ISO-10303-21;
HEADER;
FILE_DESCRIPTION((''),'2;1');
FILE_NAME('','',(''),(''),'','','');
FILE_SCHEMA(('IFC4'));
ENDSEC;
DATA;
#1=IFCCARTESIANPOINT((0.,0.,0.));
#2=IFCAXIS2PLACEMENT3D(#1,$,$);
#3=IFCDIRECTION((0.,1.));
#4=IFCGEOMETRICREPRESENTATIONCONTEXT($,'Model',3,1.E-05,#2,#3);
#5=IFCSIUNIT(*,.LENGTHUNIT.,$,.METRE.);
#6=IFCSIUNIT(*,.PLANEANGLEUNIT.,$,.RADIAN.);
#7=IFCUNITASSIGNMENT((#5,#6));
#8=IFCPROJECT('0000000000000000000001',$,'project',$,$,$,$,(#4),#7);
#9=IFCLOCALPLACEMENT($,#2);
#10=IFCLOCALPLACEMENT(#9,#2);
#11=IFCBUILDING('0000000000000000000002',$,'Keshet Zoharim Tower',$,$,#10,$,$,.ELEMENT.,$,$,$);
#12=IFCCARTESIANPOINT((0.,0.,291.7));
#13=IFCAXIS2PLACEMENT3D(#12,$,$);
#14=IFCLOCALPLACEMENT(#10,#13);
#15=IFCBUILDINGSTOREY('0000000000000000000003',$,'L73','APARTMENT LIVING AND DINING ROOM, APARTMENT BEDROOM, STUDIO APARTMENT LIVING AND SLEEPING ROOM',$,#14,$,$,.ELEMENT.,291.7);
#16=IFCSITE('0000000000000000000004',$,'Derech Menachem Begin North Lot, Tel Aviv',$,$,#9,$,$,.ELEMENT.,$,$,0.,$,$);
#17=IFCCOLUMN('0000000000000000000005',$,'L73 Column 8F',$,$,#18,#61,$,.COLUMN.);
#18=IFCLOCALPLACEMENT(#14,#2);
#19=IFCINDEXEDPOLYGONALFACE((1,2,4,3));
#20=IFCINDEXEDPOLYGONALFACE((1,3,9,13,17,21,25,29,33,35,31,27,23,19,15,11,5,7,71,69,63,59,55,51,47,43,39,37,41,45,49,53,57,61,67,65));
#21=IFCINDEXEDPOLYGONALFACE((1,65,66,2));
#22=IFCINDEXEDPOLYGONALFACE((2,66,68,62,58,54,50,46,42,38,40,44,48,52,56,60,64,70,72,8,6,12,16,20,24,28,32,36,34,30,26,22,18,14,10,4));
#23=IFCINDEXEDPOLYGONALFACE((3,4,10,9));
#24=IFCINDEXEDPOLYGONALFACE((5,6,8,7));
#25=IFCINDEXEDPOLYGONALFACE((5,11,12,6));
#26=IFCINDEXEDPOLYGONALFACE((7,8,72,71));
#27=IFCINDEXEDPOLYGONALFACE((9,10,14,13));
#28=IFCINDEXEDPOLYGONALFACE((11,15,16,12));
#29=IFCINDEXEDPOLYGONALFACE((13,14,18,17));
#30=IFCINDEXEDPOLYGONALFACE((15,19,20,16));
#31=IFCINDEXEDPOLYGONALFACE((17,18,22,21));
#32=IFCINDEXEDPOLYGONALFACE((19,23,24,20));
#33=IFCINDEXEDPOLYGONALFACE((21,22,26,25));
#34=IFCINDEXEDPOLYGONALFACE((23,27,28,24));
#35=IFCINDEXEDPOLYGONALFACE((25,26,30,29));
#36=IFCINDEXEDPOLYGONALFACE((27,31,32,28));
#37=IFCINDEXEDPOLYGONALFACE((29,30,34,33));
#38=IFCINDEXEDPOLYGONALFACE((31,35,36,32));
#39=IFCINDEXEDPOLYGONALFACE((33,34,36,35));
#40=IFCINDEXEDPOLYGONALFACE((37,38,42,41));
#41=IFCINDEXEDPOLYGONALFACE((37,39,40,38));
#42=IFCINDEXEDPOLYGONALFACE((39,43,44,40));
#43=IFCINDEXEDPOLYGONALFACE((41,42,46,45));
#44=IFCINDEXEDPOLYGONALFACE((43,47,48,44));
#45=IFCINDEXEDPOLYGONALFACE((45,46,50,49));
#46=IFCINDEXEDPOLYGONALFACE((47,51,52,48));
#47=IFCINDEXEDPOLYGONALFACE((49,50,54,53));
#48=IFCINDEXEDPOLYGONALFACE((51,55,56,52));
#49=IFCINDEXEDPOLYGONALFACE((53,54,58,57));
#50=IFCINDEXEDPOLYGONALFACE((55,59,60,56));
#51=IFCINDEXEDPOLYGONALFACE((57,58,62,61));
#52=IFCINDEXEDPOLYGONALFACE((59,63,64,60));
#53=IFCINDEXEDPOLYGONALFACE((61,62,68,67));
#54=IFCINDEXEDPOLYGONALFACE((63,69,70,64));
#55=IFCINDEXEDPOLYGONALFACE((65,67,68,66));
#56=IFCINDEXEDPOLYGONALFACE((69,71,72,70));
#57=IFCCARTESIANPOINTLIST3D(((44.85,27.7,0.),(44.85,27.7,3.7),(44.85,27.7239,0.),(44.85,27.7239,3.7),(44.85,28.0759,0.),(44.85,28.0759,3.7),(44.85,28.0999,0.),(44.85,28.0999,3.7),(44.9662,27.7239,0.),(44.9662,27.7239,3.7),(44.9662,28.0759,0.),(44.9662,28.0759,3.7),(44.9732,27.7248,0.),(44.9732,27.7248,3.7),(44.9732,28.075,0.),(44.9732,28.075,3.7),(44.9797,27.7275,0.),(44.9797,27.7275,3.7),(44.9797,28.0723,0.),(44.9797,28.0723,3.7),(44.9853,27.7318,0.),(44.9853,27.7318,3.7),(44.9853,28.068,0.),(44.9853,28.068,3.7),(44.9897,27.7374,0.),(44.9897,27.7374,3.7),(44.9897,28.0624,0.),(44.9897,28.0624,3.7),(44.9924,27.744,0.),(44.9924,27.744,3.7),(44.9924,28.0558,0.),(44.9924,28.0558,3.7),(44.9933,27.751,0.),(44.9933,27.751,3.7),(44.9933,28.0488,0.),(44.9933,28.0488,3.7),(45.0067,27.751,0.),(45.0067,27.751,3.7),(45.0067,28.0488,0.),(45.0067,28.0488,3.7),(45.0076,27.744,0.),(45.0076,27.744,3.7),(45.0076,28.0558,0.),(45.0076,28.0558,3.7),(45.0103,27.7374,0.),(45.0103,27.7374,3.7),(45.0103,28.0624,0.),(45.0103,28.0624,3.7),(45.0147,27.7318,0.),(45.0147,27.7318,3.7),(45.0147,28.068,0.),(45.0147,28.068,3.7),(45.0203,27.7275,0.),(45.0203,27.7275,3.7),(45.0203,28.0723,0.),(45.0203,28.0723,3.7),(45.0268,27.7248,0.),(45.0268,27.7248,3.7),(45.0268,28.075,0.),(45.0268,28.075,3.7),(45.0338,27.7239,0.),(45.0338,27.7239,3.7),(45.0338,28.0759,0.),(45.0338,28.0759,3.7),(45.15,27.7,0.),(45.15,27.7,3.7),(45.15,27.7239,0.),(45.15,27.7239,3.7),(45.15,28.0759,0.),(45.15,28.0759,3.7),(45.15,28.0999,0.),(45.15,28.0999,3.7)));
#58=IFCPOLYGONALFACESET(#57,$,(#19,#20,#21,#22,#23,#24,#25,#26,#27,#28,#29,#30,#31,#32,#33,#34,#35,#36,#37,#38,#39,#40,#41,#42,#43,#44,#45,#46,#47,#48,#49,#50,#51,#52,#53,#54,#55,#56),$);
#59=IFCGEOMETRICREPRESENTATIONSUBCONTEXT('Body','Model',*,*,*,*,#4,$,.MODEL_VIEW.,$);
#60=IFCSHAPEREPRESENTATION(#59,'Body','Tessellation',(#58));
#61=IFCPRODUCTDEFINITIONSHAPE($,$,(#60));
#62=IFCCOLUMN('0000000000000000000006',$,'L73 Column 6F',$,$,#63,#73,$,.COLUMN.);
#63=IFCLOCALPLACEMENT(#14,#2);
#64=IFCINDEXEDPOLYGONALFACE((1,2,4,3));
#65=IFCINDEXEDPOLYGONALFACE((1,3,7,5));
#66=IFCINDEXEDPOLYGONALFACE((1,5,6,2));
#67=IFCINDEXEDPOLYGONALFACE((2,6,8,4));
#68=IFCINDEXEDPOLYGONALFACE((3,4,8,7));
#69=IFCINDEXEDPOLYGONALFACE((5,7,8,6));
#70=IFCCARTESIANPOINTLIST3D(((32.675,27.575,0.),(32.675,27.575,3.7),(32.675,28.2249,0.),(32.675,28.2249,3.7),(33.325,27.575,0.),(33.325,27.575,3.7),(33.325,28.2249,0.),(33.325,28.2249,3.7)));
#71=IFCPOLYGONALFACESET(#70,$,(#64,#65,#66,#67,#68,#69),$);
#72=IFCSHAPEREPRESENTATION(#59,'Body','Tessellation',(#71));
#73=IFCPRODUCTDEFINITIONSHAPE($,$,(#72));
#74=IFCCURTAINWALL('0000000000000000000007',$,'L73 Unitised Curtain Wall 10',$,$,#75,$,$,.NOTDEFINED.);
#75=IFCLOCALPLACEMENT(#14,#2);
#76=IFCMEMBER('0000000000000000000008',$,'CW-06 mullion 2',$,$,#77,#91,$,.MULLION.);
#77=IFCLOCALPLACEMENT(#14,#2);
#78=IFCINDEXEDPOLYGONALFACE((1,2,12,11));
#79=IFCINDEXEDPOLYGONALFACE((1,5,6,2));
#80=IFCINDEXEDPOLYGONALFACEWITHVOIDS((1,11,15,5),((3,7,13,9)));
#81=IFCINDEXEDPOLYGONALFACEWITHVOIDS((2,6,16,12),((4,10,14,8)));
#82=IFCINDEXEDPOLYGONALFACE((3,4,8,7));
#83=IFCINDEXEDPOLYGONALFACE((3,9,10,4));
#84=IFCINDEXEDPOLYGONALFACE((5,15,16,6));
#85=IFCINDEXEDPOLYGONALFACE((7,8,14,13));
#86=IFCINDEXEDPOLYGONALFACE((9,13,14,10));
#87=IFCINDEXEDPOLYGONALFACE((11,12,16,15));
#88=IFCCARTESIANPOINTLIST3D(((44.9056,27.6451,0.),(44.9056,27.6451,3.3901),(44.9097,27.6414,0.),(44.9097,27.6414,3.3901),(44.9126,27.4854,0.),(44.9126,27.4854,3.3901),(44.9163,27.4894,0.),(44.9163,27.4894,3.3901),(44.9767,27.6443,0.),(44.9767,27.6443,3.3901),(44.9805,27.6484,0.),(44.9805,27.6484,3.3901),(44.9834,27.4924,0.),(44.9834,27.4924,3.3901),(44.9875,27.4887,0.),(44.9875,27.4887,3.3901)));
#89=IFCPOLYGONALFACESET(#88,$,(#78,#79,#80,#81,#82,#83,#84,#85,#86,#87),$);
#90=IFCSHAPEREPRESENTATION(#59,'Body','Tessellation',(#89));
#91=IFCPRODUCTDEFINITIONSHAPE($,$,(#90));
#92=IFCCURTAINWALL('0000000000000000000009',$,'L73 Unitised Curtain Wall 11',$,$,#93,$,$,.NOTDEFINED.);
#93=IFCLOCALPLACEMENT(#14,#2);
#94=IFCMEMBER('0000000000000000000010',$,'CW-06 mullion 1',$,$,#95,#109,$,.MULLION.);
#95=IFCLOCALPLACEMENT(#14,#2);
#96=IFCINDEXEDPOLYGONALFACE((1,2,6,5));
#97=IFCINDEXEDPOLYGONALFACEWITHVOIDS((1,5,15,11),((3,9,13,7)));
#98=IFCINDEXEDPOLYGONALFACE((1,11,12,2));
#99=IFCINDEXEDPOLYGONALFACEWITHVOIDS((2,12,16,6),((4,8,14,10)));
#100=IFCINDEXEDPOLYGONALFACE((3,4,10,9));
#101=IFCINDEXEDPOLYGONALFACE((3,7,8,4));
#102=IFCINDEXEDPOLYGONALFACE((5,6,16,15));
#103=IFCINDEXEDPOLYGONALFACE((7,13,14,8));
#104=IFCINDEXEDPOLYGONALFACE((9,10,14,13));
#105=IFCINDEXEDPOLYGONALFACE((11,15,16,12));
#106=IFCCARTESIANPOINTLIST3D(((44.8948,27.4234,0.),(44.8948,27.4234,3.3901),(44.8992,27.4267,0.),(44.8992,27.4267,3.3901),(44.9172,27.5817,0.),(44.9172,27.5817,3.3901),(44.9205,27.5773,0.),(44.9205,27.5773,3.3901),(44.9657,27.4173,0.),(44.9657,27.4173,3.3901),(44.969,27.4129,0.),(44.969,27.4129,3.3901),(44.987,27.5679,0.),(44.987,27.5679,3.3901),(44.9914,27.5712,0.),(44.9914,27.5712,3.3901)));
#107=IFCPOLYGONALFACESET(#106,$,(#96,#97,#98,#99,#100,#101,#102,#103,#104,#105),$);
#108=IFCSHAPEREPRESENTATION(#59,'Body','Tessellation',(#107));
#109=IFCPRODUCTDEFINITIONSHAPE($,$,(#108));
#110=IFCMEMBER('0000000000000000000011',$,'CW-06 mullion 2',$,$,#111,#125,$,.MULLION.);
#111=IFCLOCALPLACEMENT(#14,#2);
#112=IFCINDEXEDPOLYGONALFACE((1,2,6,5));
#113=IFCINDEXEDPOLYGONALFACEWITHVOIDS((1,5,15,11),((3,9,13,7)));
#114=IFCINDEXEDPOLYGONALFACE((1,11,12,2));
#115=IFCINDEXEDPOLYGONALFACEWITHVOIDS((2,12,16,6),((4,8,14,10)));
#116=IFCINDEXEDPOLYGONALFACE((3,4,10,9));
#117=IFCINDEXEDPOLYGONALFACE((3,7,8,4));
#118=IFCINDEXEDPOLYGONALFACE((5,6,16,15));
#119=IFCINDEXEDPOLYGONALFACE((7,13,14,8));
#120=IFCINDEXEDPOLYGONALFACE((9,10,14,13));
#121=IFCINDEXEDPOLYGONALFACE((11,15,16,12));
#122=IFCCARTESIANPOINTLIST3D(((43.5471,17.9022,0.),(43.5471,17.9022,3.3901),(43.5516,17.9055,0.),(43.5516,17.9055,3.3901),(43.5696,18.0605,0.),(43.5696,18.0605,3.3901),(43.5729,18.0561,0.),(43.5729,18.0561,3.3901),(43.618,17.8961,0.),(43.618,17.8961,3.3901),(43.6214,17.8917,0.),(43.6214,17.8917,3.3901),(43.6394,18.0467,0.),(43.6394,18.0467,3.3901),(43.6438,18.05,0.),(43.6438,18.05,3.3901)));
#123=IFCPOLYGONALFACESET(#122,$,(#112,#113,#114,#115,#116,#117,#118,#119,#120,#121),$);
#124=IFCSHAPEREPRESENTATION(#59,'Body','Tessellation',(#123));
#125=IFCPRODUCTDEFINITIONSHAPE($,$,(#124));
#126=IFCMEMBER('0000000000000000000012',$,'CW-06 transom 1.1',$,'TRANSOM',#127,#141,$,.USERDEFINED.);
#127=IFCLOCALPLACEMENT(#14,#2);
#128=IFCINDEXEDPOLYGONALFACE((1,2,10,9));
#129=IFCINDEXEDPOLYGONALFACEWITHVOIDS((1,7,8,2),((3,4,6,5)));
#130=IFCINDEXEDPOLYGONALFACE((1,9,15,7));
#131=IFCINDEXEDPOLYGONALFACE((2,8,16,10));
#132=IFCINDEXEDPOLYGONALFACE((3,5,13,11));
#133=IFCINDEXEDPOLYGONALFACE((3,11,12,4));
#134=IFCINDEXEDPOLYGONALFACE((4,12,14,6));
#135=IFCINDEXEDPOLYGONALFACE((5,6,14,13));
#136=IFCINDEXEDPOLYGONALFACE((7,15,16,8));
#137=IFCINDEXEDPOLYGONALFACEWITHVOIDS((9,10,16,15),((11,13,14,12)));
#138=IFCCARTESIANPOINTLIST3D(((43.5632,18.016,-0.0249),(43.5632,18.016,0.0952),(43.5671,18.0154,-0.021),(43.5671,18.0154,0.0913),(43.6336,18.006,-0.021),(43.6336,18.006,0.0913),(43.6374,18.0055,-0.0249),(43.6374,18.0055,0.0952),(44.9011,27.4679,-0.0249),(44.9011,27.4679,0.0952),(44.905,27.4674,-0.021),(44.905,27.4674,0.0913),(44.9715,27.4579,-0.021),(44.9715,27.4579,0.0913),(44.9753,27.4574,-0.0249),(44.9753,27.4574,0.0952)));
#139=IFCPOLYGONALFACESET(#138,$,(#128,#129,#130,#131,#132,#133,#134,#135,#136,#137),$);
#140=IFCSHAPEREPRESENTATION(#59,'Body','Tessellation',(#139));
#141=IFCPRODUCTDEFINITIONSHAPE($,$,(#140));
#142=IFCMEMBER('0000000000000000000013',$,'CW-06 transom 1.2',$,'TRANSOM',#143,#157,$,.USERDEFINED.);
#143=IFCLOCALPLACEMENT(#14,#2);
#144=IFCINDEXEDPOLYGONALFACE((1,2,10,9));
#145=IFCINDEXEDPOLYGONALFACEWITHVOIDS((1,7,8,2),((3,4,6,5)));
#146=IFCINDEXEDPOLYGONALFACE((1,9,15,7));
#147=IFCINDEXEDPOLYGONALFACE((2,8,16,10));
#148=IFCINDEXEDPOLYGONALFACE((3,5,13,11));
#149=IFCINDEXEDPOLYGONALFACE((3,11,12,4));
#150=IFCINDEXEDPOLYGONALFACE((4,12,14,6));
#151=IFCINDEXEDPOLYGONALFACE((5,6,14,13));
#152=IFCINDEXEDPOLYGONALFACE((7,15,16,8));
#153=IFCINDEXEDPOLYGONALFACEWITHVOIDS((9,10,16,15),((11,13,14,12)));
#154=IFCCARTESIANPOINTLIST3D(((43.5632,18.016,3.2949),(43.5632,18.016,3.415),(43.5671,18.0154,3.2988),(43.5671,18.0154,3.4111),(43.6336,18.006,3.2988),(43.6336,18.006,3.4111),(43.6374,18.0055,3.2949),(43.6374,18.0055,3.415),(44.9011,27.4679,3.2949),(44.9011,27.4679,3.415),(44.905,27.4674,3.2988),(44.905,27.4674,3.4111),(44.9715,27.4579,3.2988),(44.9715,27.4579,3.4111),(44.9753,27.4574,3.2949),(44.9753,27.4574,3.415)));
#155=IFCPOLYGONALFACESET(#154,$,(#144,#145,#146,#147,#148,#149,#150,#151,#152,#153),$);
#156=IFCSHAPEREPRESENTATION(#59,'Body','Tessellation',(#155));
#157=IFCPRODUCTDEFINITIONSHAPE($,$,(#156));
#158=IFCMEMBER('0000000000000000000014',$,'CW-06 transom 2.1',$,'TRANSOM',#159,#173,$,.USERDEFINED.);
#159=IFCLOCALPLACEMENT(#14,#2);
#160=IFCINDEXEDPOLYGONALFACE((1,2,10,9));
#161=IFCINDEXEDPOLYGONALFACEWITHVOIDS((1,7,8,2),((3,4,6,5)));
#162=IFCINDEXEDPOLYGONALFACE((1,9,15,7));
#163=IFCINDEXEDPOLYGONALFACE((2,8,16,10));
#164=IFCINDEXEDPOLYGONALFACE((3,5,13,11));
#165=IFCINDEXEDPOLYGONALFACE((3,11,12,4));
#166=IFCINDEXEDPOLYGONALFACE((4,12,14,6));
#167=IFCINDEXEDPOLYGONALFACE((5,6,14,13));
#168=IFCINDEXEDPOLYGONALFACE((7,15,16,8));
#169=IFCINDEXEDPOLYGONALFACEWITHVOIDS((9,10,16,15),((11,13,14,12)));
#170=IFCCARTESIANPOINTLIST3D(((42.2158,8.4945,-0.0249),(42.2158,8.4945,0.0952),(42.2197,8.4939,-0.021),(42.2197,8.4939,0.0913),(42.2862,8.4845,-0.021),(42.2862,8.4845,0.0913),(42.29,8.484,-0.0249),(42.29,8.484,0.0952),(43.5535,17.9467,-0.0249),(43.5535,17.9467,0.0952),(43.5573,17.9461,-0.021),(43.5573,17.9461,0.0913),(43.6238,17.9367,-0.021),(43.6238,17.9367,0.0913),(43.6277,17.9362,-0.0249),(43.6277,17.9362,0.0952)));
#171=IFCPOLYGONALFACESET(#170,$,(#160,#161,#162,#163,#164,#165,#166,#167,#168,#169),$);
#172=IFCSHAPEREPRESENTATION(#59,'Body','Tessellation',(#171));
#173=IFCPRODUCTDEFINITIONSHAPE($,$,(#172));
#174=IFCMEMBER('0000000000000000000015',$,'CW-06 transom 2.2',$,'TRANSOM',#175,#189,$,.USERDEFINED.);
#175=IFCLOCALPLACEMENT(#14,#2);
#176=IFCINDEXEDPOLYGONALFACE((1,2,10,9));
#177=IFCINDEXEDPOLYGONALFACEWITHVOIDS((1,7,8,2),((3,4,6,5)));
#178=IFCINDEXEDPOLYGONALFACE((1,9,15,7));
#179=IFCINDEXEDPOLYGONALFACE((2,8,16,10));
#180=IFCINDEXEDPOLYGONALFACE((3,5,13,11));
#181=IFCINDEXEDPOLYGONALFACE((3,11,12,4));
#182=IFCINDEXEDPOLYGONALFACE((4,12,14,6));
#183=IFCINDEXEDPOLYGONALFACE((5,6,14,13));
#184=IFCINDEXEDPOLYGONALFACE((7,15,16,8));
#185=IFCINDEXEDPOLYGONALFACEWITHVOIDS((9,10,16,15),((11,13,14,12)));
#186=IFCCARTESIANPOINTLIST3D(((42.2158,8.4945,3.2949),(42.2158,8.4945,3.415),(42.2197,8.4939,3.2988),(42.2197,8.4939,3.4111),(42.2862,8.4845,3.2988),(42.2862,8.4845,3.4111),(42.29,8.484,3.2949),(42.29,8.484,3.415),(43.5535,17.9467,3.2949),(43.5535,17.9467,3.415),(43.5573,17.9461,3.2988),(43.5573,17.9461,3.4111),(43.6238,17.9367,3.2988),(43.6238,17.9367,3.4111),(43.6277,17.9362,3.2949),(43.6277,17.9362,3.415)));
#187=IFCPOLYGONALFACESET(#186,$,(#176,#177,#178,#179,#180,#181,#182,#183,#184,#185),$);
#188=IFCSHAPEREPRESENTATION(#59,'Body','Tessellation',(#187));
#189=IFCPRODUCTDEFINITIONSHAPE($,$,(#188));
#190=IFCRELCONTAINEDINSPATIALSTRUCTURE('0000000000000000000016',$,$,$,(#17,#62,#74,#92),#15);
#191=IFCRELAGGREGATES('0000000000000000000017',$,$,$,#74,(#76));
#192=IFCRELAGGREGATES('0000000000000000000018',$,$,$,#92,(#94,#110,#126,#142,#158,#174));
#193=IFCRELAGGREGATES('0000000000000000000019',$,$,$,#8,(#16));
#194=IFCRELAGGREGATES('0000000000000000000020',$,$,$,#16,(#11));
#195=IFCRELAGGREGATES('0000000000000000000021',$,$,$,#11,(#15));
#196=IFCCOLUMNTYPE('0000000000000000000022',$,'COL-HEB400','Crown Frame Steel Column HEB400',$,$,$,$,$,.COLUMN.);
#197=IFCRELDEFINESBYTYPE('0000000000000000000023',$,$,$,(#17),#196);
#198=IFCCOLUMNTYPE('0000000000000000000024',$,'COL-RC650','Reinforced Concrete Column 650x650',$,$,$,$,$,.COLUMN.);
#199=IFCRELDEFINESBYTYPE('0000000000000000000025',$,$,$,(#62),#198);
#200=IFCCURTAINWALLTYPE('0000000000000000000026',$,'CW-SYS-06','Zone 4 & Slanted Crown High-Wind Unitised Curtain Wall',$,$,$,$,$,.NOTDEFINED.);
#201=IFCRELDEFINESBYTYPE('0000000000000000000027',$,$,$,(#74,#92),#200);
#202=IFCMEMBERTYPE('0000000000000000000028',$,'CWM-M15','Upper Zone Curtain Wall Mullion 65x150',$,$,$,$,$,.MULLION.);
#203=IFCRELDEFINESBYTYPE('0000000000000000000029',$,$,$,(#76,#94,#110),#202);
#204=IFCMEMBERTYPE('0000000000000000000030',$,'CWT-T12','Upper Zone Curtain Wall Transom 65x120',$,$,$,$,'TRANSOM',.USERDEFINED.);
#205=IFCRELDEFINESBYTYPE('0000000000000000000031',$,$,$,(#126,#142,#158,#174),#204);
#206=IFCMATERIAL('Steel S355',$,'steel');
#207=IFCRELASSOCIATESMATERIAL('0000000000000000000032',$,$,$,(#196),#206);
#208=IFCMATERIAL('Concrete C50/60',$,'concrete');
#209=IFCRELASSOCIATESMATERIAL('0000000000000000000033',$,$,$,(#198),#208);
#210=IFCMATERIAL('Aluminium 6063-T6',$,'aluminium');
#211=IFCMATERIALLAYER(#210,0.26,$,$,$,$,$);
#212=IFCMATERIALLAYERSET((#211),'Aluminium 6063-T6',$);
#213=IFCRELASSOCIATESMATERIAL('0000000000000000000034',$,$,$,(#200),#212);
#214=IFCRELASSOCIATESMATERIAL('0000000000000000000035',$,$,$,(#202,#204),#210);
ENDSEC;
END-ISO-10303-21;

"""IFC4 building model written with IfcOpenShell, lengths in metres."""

from ifc_helpers import new_model, si_unit, direction, frame, origin, origin_2d, place, context, subcontext, project, spatial, rectangle, hollow_rectangle, i_section, extrude, material, layer, layer_set, material_profile, profile_set, type_object, element, aggregate, save


model = new_model("IFC4")

# Units and contexts
model_context = context("Model", 3, precision=1e-05, world=origin(), true_north=direction((0.0, 1.0)))
body_context = subcontext(model_context, "Body", "Model", "MODEL_VIEW")
ifc_project = project(units=[si_unit("LENGTHUNIT", "METRE"), si_unit("PLANEANGLEUNIT", "RADIAN")], contexts=[model_context])

# Site, building, storey
site_placement = place(None, origin())
site = spatial("IfcSite", under=ifc_project, at=site_placement, Name="Derech Menachem Begin North Lot, Tel Aviv", CompositionType="ELEMENT", RefElevation=0.0)
building_placement = place(site_placement, origin())
building = spatial("IfcBuilding", under=site, at=building_placement, Name="Keshet Zoharim Tower", CompositionType="ELEMENT")
storey_placement = place(building_placement, frame((0.0, 0.0, 291.7)))
storey = spatial("IfcBuildingStorey", under=building, at=storey_placement, Name="L73", Description="APARTMENT LIVING AND DINING ROOM, APARTMENT BEDROOM, STUDIO APARTMENT LIVING AND SLEEPING ROOM", CompositionType="ELEMENT", Elevation=291.7)

# Columns
ifc_material_1 = material(Name="Steel S355", Category="steel")
ifc_material_profile_1 = material_profile(ifc_material_1, i_section(OverallWidth=0.3, OverallDepth=0.3999, WebThickness=0.0134, FlangeThickness=0.0239, FilletRadius=0.0271, at=origin_2d()), Name="HEB400")
ifc_profile_set_1 = profile_set([ifc_material_profile_1], Name="Steel S355")
column_type_1 = type_object("IfcColumnType", Name="COL-HEB400", Description="Crown Frame Steel Column HEB400", PredefinedType="COLUMN", material=ifc_profile_set_1)
column_1_placement = place(storey_placement, frame((45.0, 27.8999, 0.0), z_axis=(0.0, 0.0, 1.0), x_axis=(1.0, 0.0, 0.0)))
element("IfcColumn", 1, at=column_1_placement, inside=storey, type_object=column_type_1, Name="L73 Column 8F", PredefinedType="COLUMN", context=body_context, shape_type="SweptSolid", body=[
    extrude(i_section(OverallWidth=0.3, OverallDepth=0.3999, WebThickness=0.0134, FlangeThickness=0.0239, FilletRadius=0.0271, at=origin_2d()), origin(), (0.0, 0.0, 1.0), 3.7),
])
ifc_material_2 = material(Name="Concrete C50/60", Category="concrete")
ifc_material_profile_2 = material_profile(ifc_material_2, rectangle(XDim=0.6499, YDim=0.6499, at=origin_2d()), Name="RC650x650")
ifc_profile_set_2 = profile_set([ifc_material_profile_2], Name="Concrete C50/60")
column_type_2 = type_object("IfcColumnType", Name="COL-RC650", Description="Reinforced Concrete Column 650x650", PredefinedType="COLUMN", material=ifc_profile_set_2)
column_2_placement = place(storey_placement, frame((33.0, 27.8999, 0.0), z_axis=(0.0, 0.0, 1.0), x_axis=(1.0, 0.0, 0.0)))
element("IfcColumn", 2, at=column_2_placement, inside=storey, type_object=column_type_2, Name="L73 Column 6F", PredefinedType="COLUMN", context=body_context, shape_type="SweptSolid", body=[
    extrude(rectangle(XDim=0.6499, YDim=0.6499, at=origin_2d()), origin(), (0.0, 0.0, 1.0), 3.7),
])

# Curtain wall, member
ifc_material_3 = material(Name="Aluminium 6063-T6", Category="aluminium")
ifc_layer_1 = layer(ifc_material_3, 0.26)
ifc_layer_set_1 = layer_set([ifc_layer_1], Name="Aluminium 6063-T6")
curtain_wall_type = type_object("IfcCurtainWallType", Name="CW-SYS-06", Description="Zone 4 & Slanted Crown High-Wind Unitised Curtain Wall", PredefinedType="NOTDEFINED", material=ifc_layer_set_1)
curtain_wall_1_placement = place(storey_placement, origin())
curtain_wall_1 = element("IfcCurtainWall", 3, at=curtain_wall_1_placement, inside=storey, type_object=curtain_wall_type, Name="L73 Unitised Curtain Wall 10", PredefinedType="NOTDEFINED")
ifc_material_profile_3 = material_profile(ifc_material_3, hollow_rectangle(XDim=0.075, YDim=0.1599, WallThickness=0.0039, at=origin_2d()), Name="MUL-75x160")
ifc_profile_set_3 = profile_set([ifc_material_profile_3], Name="Aluminium 6063-T6")
member_type_1 = type_object("IfcMemberType", Name="CWM-M15", Description="Upper Zone Curtain Wall Mullion 65x150", PredefinedType="MULLION", material=ifc_profile_set_3)
member_1_placement = place(storey_placement, frame((44.9465, 27.5669, 0.0), z_axis=(0.0, 0.0, 1.0), x_axis=(0.999041, 0.043794, 0.0)))
member_1 = element("IfcMember", 4, at=member_1_placement, type_object=member_type_1, Name="CW-06 mullion 2", PredefinedType="MULLION", context=body_context, shape_type="SweptSolid", body=[
    extrude(hollow_rectangle(XDim=0.075, YDim=0.1599, WallThickness=0.0039, at=origin_2d()), origin(), (0.0, 0.0, 1.0), 3.3901),
])

# Curtain wall, members
curtain_wall_2_placement = place(storey_placement, origin())
curtain_wall_2 = element("IfcCurtainWall", 5, at=curtain_wall_2_placement, inside=storey, type_object=curtain_wall_type, Name="L73 Unitised Curtain Wall 11", PredefinedType="NOTDEFINED")
member_2_placement = place(storey_placement, frame((44.9431, 27.4973, 0.0), z_axis=(0.0, 0.0, 1.0), x_axis=(0.990132, -0.140137, 0.0)))
member_2 = element("IfcMember", 6, at=member_2_placement, type_object=member_type_1, Name="CW-06 mullion 1", PredefinedType="MULLION", context=body_context, shape_type="SweptSolid", body=[
    extrude(hollow_rectangle(XDim=0.075, YDim=0.1599, WallThickness=0.0039, at=origin_2d()), origin(), (0.0, 0.0, 1.0), 3.3901),
])
member_3_placement = place(storey_placement, frame((43.5955, 17.9761, 0.0), z_axis=(0.0, 0.0, 1.0), x_axis=(0.990132, -0.140137, 0.0)))
member_3 = element("IfcMember", 7, at=member_3_placement, type_object=member_type_1, Name="CW-06 mullion 2", PredefinedType="MULLION", context=body_context, shape_type="SweptSolid", body=[
    extrude(hollow_rectangle(XDim=0.075, YDim=0.1599, WallThickness=0.0039, at=origin_2d()), origin(), (0.0, 0.0, 1.0), 3.3901),
])
ifc_material_profile_4 = material_profile(ifc_material_3, hollow_rectangle(XDim=0.075, YDim=0.1201, WallThickness=0.0039, at=origin_2d()), Name="TRN-75x120")
ifc_profile_set_4 = profile_set([ifc_material_profile_4], Name="Aluminium 6063-T6")
member_type_2 = type_object("IfcMemberType", Name="CWT-T12", Description="Upper Zone Curtain Wall Transom 65x120", ElementType="TRANSOM", PredefinedType="USERDEFINED", material=ifc_profile_set_4)
member_4_placement = place(storey_placement, frame((44.9382, 27.4626, 0.0352), z_axis=(-0.14015, -0.99013, 0.0), x_axis=(0.99013, -0.14015, 0.0)))
member_4 = element("IfcMember", 8, at=member_4_placement, type_object=member_type_2, Name="CW-06 transom 1.1", ObjectType="TRANSOM", PredefinedType="USERDEFINED", context=body_context, shape_type="SweptSolid", body=[
    extrude(hollow_rectangle(XDim=0.075, YDim=0.1201, WallThickness=0.0039, at=origin_2d()), origin(), (0.0, 0.0, 1.0), 9.5461),
])
member_5_placement = place(storey_placement, frame((44.9382, 27.4626, 3.355), z_axis=(-0.14015, -0.99013, 0.0), x_axis=(0.99013, -0.14015, 0.0)))
member_5 = element("IfcMember", 9, at=member_5_placement, type_object=member_type_2, Name="CW-06 transom 1.2", ObjectType="TRANSOM", PredefinedType="USERDEFINED", context=body_context, shape_type="SweptSolid", body=[
    extrude(hollow_rectangle(XDim=0.075, YDim=0.1201, WallThickness=0.0039, at=origin_2d()), origin(), (0.0, 0.0, 1.0), 9.5461),
])
member_6_placement = place(storey_placement, frame((43.5906, 17.9414, 0.0352), z_axis=(-0.140122, -0.990134, 0.0), x_axis=(0.990134, -0.140122, 0.0)))
member_6 = element("IfcMember", 10, at=member_6_placement, type_object=member_type_2, Name="CW-06 transom 2.1", ObjectType="TRANSOM", PredefinedType="USERDEFINED", context=body_context, shape_type="SweptSolid", body=[
    extrude(hollow_rectangle(XDim=0.075, YDim=0.1201, WallThickness=0.0039, at=origin_2d()), origin(), (0.0, 0.0, 1.0), 9.5464),
])
member_7_placement = place(storey_placement, frame((43.5906, 17.9414, 3.355), z_axis=(-0.140122, -0.990134, 0.0), x_axis=(0.990134, -0.140122, 0.0)))
member_7 = element("IfcMember", 11, at=member_7_placement, type_object=member_type_2, Name="CW-06 transom 2.2", ObjectType="TRANSOM", PredefinedType="USERDEFINED", context=body_context, shape_type="SweptSolid", body=[
    extrude(hollow_rectangle(XDim=0.075, YDim=0.1201, WallThickness=0.0039, at=origin_2d()), origin(), (0.0, 0.0, 1.0), 9.5464),
])

aggregate(curtain_wall_1, [member_1])
aggregate(curtain_wall_2, [member_2, member_3, member_4, member_5, member_6, member_7])

save(model, "model.ifc")
